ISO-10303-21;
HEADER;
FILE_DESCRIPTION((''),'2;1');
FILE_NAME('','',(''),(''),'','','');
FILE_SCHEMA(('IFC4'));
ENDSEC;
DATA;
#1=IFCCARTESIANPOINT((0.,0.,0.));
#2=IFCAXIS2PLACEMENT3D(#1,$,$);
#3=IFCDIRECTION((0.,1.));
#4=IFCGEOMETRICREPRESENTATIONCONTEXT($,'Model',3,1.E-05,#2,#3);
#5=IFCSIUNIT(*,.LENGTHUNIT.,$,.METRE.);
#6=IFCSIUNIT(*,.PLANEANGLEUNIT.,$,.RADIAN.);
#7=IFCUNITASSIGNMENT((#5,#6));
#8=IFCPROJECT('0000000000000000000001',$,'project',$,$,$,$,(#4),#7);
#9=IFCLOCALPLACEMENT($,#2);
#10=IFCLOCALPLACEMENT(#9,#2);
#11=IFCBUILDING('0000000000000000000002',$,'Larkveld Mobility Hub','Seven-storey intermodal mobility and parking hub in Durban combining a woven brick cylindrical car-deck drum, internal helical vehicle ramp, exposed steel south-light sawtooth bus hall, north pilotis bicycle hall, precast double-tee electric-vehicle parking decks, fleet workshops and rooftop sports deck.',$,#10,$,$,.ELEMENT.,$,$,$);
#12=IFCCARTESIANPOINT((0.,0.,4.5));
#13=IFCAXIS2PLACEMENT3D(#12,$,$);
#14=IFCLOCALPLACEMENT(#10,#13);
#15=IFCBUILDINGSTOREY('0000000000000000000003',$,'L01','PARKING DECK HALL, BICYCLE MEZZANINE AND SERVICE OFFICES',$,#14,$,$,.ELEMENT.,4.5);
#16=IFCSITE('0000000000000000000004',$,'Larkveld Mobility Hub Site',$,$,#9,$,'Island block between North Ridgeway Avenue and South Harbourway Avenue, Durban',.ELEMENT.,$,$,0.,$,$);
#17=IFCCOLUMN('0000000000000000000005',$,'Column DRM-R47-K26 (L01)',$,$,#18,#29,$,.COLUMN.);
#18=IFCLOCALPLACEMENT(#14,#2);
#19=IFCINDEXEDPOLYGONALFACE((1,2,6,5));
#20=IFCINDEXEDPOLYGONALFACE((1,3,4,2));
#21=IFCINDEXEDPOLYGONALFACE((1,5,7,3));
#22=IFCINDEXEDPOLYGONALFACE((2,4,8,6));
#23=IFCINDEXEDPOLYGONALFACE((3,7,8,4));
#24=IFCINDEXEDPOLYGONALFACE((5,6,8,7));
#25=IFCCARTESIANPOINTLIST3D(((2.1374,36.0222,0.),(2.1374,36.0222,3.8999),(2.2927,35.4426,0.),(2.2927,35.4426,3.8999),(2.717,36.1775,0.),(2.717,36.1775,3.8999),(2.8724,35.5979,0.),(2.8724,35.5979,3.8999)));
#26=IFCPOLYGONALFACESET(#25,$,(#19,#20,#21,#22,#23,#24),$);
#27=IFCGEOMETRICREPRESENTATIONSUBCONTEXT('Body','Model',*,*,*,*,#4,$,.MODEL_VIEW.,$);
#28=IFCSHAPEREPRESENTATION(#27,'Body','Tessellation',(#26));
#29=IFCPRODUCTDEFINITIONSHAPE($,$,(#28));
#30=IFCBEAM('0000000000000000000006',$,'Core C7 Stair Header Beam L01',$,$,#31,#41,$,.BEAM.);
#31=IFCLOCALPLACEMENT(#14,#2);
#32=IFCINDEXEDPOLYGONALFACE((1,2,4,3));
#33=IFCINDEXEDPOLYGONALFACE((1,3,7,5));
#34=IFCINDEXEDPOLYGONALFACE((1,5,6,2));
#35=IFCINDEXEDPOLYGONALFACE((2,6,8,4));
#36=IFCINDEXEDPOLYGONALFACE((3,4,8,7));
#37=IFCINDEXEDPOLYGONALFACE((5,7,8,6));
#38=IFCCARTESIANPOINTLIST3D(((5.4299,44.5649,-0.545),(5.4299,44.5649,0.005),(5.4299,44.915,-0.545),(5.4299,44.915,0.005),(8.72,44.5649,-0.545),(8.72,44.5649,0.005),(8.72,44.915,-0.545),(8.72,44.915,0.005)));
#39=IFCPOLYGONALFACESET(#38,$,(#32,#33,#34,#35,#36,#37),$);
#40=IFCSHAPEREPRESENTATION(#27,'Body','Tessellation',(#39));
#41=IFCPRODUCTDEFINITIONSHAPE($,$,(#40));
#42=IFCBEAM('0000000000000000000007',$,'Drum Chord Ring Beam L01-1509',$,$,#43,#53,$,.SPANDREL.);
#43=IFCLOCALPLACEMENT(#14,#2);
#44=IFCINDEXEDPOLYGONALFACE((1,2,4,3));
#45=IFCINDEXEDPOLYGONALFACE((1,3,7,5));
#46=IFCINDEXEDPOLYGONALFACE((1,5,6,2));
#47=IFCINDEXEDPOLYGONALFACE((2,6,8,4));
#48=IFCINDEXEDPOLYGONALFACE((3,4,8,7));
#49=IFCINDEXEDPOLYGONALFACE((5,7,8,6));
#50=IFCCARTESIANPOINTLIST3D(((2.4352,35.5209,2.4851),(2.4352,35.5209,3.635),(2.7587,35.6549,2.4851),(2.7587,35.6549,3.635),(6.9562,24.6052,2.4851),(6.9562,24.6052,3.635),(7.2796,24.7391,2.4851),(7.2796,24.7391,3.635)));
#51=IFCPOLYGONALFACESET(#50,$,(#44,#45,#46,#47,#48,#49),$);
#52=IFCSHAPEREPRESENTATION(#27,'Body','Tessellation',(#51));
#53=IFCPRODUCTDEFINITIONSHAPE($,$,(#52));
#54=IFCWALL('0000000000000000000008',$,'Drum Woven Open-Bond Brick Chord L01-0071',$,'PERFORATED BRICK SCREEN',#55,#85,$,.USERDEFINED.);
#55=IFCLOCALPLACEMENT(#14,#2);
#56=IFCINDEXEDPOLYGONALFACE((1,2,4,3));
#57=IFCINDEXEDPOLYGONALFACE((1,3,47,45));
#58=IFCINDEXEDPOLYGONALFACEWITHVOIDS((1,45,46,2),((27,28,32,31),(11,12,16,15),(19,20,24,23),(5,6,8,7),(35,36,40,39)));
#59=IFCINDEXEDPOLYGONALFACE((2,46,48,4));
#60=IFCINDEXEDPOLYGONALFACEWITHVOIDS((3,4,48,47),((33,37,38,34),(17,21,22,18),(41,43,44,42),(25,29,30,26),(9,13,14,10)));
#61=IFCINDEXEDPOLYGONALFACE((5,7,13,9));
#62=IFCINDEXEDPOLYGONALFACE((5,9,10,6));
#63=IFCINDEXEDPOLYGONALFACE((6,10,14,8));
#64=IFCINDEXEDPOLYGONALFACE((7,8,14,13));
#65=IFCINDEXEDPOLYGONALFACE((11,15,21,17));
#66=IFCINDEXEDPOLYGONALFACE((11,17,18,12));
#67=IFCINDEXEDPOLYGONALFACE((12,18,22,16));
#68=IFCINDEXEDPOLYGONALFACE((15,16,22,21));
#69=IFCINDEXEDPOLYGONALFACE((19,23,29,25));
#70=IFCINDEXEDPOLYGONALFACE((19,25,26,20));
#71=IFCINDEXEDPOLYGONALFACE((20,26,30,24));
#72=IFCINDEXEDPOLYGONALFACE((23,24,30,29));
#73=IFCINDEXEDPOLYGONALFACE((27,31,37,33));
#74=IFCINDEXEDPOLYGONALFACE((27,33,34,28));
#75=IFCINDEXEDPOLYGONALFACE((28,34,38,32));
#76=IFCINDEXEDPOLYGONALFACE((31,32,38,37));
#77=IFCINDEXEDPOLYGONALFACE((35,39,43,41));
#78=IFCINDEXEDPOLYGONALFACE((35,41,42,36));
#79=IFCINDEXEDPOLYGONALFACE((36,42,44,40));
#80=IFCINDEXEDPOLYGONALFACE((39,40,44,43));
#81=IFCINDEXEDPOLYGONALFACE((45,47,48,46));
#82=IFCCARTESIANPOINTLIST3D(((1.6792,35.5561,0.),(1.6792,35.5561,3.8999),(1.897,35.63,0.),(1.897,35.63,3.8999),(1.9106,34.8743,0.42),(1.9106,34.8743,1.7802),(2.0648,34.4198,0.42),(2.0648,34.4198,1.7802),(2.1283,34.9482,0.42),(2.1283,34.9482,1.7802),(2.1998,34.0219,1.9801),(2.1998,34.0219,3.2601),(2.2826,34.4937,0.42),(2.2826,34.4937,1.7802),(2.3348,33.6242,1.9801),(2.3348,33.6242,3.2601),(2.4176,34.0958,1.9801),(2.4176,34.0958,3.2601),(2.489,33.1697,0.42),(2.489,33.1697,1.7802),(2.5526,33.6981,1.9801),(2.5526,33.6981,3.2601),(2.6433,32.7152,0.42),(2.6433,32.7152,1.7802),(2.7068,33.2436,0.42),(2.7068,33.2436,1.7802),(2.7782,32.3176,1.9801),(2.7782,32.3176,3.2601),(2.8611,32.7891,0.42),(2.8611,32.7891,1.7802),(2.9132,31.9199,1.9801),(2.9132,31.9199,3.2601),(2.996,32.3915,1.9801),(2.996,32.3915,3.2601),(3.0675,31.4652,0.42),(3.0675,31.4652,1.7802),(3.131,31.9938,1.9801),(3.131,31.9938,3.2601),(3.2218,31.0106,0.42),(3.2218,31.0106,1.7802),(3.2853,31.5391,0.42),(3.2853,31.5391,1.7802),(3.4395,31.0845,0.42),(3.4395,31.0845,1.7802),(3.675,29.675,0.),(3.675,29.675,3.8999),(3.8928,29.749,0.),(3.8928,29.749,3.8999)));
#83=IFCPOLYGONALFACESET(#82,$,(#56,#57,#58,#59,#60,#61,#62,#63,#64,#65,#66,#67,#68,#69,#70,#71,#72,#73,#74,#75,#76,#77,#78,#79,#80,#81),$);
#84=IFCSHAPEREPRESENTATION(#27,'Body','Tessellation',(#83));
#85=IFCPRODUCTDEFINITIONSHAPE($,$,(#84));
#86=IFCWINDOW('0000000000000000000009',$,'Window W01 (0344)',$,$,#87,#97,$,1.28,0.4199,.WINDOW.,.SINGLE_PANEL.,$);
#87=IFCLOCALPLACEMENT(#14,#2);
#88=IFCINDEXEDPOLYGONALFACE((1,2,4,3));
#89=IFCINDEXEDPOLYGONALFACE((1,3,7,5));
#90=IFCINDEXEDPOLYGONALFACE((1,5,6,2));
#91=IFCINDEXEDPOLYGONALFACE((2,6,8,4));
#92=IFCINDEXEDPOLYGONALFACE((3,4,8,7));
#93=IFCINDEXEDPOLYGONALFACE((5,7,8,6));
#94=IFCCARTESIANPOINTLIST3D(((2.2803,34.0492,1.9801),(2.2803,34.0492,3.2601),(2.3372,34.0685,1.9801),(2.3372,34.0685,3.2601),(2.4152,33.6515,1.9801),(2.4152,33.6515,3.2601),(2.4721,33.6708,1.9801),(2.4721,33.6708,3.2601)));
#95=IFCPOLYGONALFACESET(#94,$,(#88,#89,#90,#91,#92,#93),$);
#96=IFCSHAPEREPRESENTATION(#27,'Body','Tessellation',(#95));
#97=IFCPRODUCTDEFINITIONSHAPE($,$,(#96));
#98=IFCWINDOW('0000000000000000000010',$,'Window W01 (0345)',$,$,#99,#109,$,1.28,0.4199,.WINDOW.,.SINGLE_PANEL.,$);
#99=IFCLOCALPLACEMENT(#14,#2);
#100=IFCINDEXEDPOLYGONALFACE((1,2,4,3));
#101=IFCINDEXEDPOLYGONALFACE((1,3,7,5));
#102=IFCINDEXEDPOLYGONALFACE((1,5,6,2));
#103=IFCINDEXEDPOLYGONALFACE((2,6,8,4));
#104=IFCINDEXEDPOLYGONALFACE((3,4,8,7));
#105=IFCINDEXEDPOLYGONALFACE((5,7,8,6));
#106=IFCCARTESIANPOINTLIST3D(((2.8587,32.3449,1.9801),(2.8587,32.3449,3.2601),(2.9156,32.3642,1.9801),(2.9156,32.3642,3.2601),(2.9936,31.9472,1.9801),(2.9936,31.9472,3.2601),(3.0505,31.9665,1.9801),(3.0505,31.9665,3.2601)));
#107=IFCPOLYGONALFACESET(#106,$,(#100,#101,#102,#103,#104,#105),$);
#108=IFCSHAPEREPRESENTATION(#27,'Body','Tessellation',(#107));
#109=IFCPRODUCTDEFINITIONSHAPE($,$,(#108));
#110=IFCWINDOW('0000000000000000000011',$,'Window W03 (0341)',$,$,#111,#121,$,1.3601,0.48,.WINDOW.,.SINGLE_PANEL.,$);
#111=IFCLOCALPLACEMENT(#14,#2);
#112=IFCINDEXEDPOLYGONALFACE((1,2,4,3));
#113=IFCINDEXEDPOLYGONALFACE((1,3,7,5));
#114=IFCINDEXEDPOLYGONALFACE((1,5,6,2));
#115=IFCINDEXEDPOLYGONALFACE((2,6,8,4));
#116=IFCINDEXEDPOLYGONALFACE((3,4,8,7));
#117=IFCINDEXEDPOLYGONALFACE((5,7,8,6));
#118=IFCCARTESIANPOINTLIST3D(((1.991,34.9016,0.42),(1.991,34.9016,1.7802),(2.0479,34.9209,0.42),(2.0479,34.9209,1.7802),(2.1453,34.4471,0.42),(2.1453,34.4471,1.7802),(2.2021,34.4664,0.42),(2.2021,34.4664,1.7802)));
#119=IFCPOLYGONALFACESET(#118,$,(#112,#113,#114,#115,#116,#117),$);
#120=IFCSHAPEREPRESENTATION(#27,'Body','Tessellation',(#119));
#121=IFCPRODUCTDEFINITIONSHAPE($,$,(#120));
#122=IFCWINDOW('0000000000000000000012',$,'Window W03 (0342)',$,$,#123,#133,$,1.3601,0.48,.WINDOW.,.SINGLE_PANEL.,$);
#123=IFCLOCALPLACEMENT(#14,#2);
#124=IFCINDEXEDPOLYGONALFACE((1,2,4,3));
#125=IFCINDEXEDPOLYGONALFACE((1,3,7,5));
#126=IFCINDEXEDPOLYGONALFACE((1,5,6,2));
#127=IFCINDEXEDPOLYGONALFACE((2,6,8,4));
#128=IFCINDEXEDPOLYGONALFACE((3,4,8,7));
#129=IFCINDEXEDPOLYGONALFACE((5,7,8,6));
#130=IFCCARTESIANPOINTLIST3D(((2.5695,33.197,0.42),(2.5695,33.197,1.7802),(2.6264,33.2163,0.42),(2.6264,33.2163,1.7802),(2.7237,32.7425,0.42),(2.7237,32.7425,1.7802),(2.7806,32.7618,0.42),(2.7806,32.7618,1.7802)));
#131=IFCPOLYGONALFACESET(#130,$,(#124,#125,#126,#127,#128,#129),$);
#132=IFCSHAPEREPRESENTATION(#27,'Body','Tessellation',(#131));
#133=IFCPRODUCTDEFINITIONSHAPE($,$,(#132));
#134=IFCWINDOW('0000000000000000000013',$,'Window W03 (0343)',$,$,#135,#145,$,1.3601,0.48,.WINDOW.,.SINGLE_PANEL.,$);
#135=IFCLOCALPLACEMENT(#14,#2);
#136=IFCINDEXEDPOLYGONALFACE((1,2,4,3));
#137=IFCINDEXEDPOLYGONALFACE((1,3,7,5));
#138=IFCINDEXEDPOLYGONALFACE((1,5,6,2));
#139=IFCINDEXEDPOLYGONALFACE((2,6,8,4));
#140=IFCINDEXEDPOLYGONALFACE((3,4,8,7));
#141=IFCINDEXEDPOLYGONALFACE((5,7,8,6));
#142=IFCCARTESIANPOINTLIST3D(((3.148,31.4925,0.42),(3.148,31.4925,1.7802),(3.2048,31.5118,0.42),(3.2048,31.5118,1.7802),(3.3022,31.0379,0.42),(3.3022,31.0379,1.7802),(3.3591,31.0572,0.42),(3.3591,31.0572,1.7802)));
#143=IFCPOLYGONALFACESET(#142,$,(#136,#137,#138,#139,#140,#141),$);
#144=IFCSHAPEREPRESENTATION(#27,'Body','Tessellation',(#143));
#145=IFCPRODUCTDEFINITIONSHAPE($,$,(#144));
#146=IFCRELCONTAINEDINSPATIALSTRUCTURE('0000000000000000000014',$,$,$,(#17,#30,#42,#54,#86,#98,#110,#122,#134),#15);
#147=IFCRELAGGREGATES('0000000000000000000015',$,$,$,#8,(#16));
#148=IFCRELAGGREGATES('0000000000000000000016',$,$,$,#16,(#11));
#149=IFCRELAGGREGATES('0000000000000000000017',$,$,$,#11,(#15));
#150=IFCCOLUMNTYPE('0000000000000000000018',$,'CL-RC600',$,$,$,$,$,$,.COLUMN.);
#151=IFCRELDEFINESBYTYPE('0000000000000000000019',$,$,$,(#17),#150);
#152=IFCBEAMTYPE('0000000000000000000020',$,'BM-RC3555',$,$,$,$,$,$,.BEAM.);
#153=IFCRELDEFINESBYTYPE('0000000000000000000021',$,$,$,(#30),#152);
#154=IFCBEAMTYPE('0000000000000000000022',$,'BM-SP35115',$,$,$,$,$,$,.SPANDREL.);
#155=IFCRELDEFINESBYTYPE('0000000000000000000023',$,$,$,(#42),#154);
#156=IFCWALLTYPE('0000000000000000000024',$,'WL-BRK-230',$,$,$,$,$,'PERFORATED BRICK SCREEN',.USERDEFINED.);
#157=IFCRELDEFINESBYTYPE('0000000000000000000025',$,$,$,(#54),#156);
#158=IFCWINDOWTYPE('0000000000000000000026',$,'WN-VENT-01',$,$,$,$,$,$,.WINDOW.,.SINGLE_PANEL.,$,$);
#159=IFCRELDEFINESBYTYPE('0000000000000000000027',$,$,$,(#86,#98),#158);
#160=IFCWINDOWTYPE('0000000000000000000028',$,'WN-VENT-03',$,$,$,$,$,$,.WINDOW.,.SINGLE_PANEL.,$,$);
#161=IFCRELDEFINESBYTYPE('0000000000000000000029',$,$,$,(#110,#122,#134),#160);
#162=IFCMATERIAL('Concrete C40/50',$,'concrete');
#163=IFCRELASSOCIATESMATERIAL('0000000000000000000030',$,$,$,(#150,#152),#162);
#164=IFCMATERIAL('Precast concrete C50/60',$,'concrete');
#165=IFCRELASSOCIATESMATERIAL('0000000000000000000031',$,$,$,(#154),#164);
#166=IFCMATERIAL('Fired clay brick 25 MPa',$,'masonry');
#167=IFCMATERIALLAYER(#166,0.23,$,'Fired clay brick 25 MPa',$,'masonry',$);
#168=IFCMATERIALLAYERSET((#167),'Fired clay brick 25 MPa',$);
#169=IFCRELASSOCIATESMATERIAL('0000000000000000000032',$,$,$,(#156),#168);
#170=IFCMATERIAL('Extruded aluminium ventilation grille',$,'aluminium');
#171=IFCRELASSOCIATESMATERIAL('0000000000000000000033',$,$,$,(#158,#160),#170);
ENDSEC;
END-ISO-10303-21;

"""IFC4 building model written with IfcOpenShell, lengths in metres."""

from ifc_helpers import new_model, si_unit, direction, frame, frame_2d, origin, origin_2d, place, context, subcontext, project, spatial, rectangle, extrude, material, layer, layer_set, material_profile, profile_set, type_object, element, fill, save


model = new_model("IFC4")

# Units and contexts
model_context = context("Model", 3, precision=1e-05, world=origin(), true_north=direction((0.0, 1.0)))
body_context = subcontext(model_context, "Body", "Model", "MODEL_VIEW")
ifc_project = project(units=[si_unit("LENGTHUNIT", "METRE"), si_unit("PLANEANGLEUNIT", "RADIAN")], contexts=[model_context])

# Site, building, storey
site_placement = place(None, origin())
site = spatial("IfcSite", under=ifc_project, at=site_placement, Name="Larkveld Mobility Hub Site", LongName="Island block between North Ridgeway Avenue and South Harbourway Avenue, Durban", CompositionType="ELEMENT", RefElevation=0.0)
building_placement = place(site_placement, origin())
building = spatial("IfcBuilding", under=site, at=building_placement, Name="Larkveld Mobility Hub", Description="Seven-storey intermodal mobility and parking hub in Durban combining a woven brick cylindrical car-deck drum, internal helical vehicle ramp, exposed steel south-light sawtooth bus hall, north pilotis bicycle hall, precast double-tee electric-vehicle parking decks, fleet workshops and rooftop sports deck.", CompositionType="ELEMENT")
storey_placement = place(building_placement, frame((0.0, 0.0, 4.5)))
storey = spatial("IfcBuildingStorey", under=building, at=storey_placement, Name="L01", Description="PARKING DECK HALL, BICYCLE MEZZANINE AND SERVICE OFFICES", CompositionType="ELEMENT", Elevation=4.5)

# Column
ifc_material_1 = material(Name="Concrete C40/50", Category="concrete")
ifc_material_profile_1 = material_profile(ifc_material_1, rectangle(XDim=0.6001, YDim=0.6001, at=origin_2d()), Name="RC COL 600x600")
ifc_profile_set_1 = profile_set([ifc_material_profile_1], Name="Concrete C40/50")
column_type = type_object("IfcColumnType", Name="CL-RC600", PredefinedType="COLUMN", material=ifc_profile_set_1)
column_placement = place(storey_placement, frame((2.5049, 35.8101, 0.0), z_axis=(0.0, 0.0, 1.0), x_axis=(0.965926, 0.258819, 0.0)))
element("IfcColumn", 1, at=column_placement, inside=storey, type_object=column_type, Name="Column DRM-R47-K26 (L01)", PredefinedType="COLUMN", context=body_context, shape_type="SweptSolid", body=[
    extrude(rectangle(XDim=0.6001, YDim=0.6001, at=origin_2d()), origin(), (0.0, 0.0, 1.0), 3.8999),
])

# Beams
ifc_material_profile_2 = material_profile(ifc_material_1, rectangle(XDim=0.3501, YDim=0.55, at=origin_2d()), Name="RC BM 350x550")
ifc_profile_set_2 = profile_set([ifc_material_profile_2], Name="Concrete C40/50")
beam_type_1 = type_object("IfcBeamType", Name="BM-RC3555", PredefinedType="BEAM", material=ifc_profile_set_2)
beam_1_placement = place(storey_placement, frame((5.4299, 44.74, -0.27), z_axis=(1.0, 0.0, 0.0), x_axis=(0.0, 1.0, 0.0)))
element("IfcBeam", 2, at=beam_1_placement, inside=storey, type_object=beam_type_1, Name="Core C7 Stair Header Beam L01", PredefinedType="BEAM", context=body_context, shape_type="SweptSolid", body=[
    extrude(rectangle(XDim=0.3501, YDim=0.55, at=origin_2d()), origin(), (0.0, 0.0, 1.0), 3.29),
])
ifc_material_2 = material(Name="Precast concrete C50/60", Category="concrete")
ifc_material_profile_3 = material_profile(ifc_material_2, rectangle(XDim=0.3501, YDim=1.1499, at=origin_2d()), Name="PC SP 350x1150")
ifc_profile_set_3 = profile_set([ifc_material_profile_3], Name="Precast concrete C50/60")
beam_type_2 = type_object("IfcBeamType", Name="BM-SP35115", PredefinedType="SPANDREL", material=ifc_profile_set_3)
beam_2_placement = place(storey_placement, frame((2.5969, 35.5879, 3.0601), z_axis=(0.38265, -0.923893, 0.0), x_axis=(0.923893, 0.38265, 0.0)))
element("IfcBeam", 3, at=beam_2_placement, inside=storey, type_object=beam_type_2, Name="Drum Chord Ring Beam L01-1509", PredefinedType="SPANDREL", context=body_context, shape_type="SweptSolid", body=[
    extrude(rectangle(XDim=0.3501, YDim=1.1499, at=origin_2d()), origin(), (0.0, 0.0, 1.0), 11.8149),
])

# Wall, openings, windows
ifc_material_3 = material(Name="Fired clay brick 25 MPa", Category="masonry")
ifc_layer_1 = layer(ifc_material_3, 0.23, Name="Fired clay brick 25 MPa", Category="masonry")
ifc_layer_set_1 = layer_set([ifc_layer_1], Name="Fired clay brick 25 MPa")
wall_type_1 = type_object("IfcWallType", Name="WL-BRK-230", ElementType="PERFORATED BRICK SCREEN", PredefinedType="USERDEFINED", material=ifc_layer_set_1)
wall_1_placement = place(storey_placement, frame((1.7881, 35.593, 0.0), z_axis=(0.0, 0.0, 1.0), x_axis=(0.321365, -0.946955, 0.0)))
wall_1 = element("IfcWall", 4, at=wall_1_placement, inside=storey, type_object=wall_type_1, Name="Drum Woven Open-Bond Brick Chord L01-0071", ObjectType="PERFORATED BRICK SCREEN", PredefinedType="USERDEFINED", context=body_context, shape_type="SweptSolid", body=[
    extrude(rectangle(XDim=6.2104, YDim=0.23, at=frame_2d((3.1052, 0.0))), origin(), (0.0, 0.0, 1.0), 3.8999),
])
opening_1_placement = place(wall_1_placement, frame((0.72, 0.0, 0.4199)))
opening_1 = element("IfcOpeningElement", 5, at=opening_1_placement, cuts=wall_1, PredefinedType="OPENING", context=body_context, shape_type="SweptSolid", body=[
    extrude(rectangle(XDim=0.48, YDim=1.3601, at=frame_2d((0.24, 0.6802))), frame((0.0, 0.125, 0.0), z_axis=(0.0, -1.0, 0.0), x_axis=(1.0, 0.0, 0.0)), (0.0, 0.0, 1.0), 0.25),
])
opening_2_placement = place(wall_1_placement, frame((2.52, 0.0, 0.4199)))
opening_2 = element("IfcOpeningElement", 6, at=opening_2_placement, cuts=wall_1, PredefinedType="OPENING", context=body_context, shape_type="SweptSolid", body=[
    extrude(rectangle(XDim=0.48, YDim=1.3601, at=frame_2d((0.24, 0.6802))), frame((0.0, 0.125, 0.0), z_axis=(0.0, -1.0, 0.0), x_axis=(1.0, 0.0, 0.0)), (0.0, 0.0, 1.0), 0.25),
])
opening_3_placement = place(wall_1_placement, frame((4.3201, 0.0, 0.4199)))
opening_3 = element("IfcOpeningElement", 7, at=opening_3_placement, cuts=wall_1, PredefinedType="OPENING", context=body_context, shape_type="SweptSolid", body=[
    extrude(rectangle(XDim=0.48, YDim=1.3601, at=frame_2d((0.24, 0.6802))), frame((0.0, 0.125, 0.0), z_axis=(0.0, -1.0, 0.0), x_axis=(1.0, 0.0, 0.0)), (0.0, 0.0, 1.0), 0.25),
])
opening_4_placement = place(wall_1_placement, frame((1.6201, 0.0, 1.98)))
opening_4 = element("IfcOpeningElement", 8, at=opening_4_placement, cuts=wall_1, PredefinedType="OPENING", context=body_context, shape_type="SweptSolid", body=[
    extrude(rectangle(XDim=0.4199, YDim=1.28, at=frame_2d((0.21, 0.6401))), frame((0.0, 0.125, 0.0), z_axis=(0.0, -1.0, 0.0), x_axis=(1.0, 0.0, 0.0)), (0.0, 0.0, 1.0), 0.25),
])
opening_5_placement = place(wall_1_placement, frame((3.4199, 0.0, 1.98)))
opening_5 = element("IfcOpeningElement", 9, at=opening_5_placement, cuts=wall_1, PredefinedType="OPENING", context=body_context, shape_type="SweptSolid", body=[
    extrude(rectangle(XDim=0.4199, YDim=1.28, at=frame_2d((0.21, 0.6401))), frame((0.0, 0.125, 0.0), z_axis=(0.0, -1.0, 0.0), x_axis=(1.0, 0.0, 0.0)), (0.0, 0.0, 1.0), 0.25),
])
ifc_material_4 = material(Name="Extruded aluminium ventilation grille", Category="aluminium")
window_type_1 = type_object("IfcWindowType", Name="WN-VENT-01", PartitioningType="SINGLE_PANEL", PredefinedType="WINDOW", material=ifc_material_4)
window_1_placement = place(opening_4_placement, origin())
window_1 = element("IfcWindow", 10, at=window_1_placement, inside=storey, type_object=window_type_1, Name="Window W01 (0344)", OverallHeight=1.28, OverallWidth=0.4199, PartitioningType="SINGLE_PANEL", PredefinedType="WINDOW", context=body_context, shape_type="SweptSolid", body=[
    extrude(rectangle(XDim=0.4199, YDim=1.28, at=frame_2d((0.21, 0.6401))), frame((0.0, 0.03, 0.0), z_axis=(0.0, -1.0, 0.0), x_axis=(1.0, 0.0, 0.0)), (0.0, 0.0, 1.0), 0.0601),
])
fill(opening_4, window_1)
window_2_placement = place(opening_5_placement, origin())
window_2 = element("IfcWindow", 11, at=window_2_placement, inside=storey, type_object=window_type_1, Name="Window W01 (0345)", OverallHeight=1.28, OverallWidth=0.4199, PartitioningType="SINGLE_PANEL", PredefinedType="WINDOW", context=body_context, shape_type="SweptSolid", body=[
    extrude(rectangle(XDim=0.4199, YDim=1.28, at=frame_2d((0.21, 0.6401))), frame((0.0, 0.03, 0.0), z_axis=(0.0, -1.0, 0.0), x_axis=(1.0, 0.0, 0.0)), (0.0, 0.0, 1.0), 0.0601),
])
fill(opening_5, window_2)
window_type_2 = type_object("IfcWindowType", Name="WN-VENT-03", PartitioningType="SINGLE_PANEL", PredefinedType="WINDOW", material=ifc_material_4)
window_3_placement = place(opening_1_placement, origin())
window_3 = element("IfcWindow", 12, at=window_3_placement, inside=storey, type_object=window_type_2, Name="Window W03 (0341)", OverallHeight=1.3601, OverallWidth=0.48, PartitioningType="SINGLE_PANEL", PredefinedType="WINDOW", context=body_context, shape_type="SweptSolid", body=[
    extrude(rectangle(XDim=0.48, YDim=1.3601, at=frame_2d((0.24, 0.6802))), frame((0.0, 0.03, 0.0), z_axis=(0.0, -1.0, 0.0), x_axis=(1.0, 0.0, 0.0)), (0.0, 0.0, 1.0), 0.0601),
])
fill(opening_1, window_3)
window_4_placement = place(opening_2_placement, origin())
window_4 = element("IfcWindow", 13, at=window_4_placement, inside=storey, type_object=window_type_2, Name="Window W03 (0342)", OverallHeight=1.3601, OverallWidth=0.48, PartitioningType="SINGLE_PANEL", PredefinedType="WINDOW", context=body_context, shape_type="SweptSolid", body=[
    extrude(rectangle(XDim=0.48, YDim=1.3601, at=frame_2d((0.24, 0.6802))), frame((0.0, 0.03, 0.0), z_axis=(0.0, -1.0, 0.0), x_axis=(1.0, 0.0, 0.0)), (0.0, 0.0, 1.0), 0.0601),
])
fill(opening_2, window_4)
window_5_placement = place(opening_3_placement, origin())
window_5 = element("IfcWindow", 14, at=window_5_placement, inside=storey, type_object=window_type_2, Name="Window W03 (0343)", OverallHeight=1.3601, OverallWidth=0.48, PartitioningType="SINGLE_PANEL", PredefinedType="WINDOW", context=body_context, shape_type="SweptSolid", body=[
    extrude(rectangle(XDim=0.48, YDim=1.3601, at=frame_2d((0.24, 0.6802))), frame((0.0, 0.03, 0.0), z_axis=(0.0, -1.0, 0.0), x_axis=(1.0, 0.0, 0.0)), (0.0, 0.0, 1.0), 0.0601),
])
fill(opening_3, window_5)

save(model, "model.ifc")
